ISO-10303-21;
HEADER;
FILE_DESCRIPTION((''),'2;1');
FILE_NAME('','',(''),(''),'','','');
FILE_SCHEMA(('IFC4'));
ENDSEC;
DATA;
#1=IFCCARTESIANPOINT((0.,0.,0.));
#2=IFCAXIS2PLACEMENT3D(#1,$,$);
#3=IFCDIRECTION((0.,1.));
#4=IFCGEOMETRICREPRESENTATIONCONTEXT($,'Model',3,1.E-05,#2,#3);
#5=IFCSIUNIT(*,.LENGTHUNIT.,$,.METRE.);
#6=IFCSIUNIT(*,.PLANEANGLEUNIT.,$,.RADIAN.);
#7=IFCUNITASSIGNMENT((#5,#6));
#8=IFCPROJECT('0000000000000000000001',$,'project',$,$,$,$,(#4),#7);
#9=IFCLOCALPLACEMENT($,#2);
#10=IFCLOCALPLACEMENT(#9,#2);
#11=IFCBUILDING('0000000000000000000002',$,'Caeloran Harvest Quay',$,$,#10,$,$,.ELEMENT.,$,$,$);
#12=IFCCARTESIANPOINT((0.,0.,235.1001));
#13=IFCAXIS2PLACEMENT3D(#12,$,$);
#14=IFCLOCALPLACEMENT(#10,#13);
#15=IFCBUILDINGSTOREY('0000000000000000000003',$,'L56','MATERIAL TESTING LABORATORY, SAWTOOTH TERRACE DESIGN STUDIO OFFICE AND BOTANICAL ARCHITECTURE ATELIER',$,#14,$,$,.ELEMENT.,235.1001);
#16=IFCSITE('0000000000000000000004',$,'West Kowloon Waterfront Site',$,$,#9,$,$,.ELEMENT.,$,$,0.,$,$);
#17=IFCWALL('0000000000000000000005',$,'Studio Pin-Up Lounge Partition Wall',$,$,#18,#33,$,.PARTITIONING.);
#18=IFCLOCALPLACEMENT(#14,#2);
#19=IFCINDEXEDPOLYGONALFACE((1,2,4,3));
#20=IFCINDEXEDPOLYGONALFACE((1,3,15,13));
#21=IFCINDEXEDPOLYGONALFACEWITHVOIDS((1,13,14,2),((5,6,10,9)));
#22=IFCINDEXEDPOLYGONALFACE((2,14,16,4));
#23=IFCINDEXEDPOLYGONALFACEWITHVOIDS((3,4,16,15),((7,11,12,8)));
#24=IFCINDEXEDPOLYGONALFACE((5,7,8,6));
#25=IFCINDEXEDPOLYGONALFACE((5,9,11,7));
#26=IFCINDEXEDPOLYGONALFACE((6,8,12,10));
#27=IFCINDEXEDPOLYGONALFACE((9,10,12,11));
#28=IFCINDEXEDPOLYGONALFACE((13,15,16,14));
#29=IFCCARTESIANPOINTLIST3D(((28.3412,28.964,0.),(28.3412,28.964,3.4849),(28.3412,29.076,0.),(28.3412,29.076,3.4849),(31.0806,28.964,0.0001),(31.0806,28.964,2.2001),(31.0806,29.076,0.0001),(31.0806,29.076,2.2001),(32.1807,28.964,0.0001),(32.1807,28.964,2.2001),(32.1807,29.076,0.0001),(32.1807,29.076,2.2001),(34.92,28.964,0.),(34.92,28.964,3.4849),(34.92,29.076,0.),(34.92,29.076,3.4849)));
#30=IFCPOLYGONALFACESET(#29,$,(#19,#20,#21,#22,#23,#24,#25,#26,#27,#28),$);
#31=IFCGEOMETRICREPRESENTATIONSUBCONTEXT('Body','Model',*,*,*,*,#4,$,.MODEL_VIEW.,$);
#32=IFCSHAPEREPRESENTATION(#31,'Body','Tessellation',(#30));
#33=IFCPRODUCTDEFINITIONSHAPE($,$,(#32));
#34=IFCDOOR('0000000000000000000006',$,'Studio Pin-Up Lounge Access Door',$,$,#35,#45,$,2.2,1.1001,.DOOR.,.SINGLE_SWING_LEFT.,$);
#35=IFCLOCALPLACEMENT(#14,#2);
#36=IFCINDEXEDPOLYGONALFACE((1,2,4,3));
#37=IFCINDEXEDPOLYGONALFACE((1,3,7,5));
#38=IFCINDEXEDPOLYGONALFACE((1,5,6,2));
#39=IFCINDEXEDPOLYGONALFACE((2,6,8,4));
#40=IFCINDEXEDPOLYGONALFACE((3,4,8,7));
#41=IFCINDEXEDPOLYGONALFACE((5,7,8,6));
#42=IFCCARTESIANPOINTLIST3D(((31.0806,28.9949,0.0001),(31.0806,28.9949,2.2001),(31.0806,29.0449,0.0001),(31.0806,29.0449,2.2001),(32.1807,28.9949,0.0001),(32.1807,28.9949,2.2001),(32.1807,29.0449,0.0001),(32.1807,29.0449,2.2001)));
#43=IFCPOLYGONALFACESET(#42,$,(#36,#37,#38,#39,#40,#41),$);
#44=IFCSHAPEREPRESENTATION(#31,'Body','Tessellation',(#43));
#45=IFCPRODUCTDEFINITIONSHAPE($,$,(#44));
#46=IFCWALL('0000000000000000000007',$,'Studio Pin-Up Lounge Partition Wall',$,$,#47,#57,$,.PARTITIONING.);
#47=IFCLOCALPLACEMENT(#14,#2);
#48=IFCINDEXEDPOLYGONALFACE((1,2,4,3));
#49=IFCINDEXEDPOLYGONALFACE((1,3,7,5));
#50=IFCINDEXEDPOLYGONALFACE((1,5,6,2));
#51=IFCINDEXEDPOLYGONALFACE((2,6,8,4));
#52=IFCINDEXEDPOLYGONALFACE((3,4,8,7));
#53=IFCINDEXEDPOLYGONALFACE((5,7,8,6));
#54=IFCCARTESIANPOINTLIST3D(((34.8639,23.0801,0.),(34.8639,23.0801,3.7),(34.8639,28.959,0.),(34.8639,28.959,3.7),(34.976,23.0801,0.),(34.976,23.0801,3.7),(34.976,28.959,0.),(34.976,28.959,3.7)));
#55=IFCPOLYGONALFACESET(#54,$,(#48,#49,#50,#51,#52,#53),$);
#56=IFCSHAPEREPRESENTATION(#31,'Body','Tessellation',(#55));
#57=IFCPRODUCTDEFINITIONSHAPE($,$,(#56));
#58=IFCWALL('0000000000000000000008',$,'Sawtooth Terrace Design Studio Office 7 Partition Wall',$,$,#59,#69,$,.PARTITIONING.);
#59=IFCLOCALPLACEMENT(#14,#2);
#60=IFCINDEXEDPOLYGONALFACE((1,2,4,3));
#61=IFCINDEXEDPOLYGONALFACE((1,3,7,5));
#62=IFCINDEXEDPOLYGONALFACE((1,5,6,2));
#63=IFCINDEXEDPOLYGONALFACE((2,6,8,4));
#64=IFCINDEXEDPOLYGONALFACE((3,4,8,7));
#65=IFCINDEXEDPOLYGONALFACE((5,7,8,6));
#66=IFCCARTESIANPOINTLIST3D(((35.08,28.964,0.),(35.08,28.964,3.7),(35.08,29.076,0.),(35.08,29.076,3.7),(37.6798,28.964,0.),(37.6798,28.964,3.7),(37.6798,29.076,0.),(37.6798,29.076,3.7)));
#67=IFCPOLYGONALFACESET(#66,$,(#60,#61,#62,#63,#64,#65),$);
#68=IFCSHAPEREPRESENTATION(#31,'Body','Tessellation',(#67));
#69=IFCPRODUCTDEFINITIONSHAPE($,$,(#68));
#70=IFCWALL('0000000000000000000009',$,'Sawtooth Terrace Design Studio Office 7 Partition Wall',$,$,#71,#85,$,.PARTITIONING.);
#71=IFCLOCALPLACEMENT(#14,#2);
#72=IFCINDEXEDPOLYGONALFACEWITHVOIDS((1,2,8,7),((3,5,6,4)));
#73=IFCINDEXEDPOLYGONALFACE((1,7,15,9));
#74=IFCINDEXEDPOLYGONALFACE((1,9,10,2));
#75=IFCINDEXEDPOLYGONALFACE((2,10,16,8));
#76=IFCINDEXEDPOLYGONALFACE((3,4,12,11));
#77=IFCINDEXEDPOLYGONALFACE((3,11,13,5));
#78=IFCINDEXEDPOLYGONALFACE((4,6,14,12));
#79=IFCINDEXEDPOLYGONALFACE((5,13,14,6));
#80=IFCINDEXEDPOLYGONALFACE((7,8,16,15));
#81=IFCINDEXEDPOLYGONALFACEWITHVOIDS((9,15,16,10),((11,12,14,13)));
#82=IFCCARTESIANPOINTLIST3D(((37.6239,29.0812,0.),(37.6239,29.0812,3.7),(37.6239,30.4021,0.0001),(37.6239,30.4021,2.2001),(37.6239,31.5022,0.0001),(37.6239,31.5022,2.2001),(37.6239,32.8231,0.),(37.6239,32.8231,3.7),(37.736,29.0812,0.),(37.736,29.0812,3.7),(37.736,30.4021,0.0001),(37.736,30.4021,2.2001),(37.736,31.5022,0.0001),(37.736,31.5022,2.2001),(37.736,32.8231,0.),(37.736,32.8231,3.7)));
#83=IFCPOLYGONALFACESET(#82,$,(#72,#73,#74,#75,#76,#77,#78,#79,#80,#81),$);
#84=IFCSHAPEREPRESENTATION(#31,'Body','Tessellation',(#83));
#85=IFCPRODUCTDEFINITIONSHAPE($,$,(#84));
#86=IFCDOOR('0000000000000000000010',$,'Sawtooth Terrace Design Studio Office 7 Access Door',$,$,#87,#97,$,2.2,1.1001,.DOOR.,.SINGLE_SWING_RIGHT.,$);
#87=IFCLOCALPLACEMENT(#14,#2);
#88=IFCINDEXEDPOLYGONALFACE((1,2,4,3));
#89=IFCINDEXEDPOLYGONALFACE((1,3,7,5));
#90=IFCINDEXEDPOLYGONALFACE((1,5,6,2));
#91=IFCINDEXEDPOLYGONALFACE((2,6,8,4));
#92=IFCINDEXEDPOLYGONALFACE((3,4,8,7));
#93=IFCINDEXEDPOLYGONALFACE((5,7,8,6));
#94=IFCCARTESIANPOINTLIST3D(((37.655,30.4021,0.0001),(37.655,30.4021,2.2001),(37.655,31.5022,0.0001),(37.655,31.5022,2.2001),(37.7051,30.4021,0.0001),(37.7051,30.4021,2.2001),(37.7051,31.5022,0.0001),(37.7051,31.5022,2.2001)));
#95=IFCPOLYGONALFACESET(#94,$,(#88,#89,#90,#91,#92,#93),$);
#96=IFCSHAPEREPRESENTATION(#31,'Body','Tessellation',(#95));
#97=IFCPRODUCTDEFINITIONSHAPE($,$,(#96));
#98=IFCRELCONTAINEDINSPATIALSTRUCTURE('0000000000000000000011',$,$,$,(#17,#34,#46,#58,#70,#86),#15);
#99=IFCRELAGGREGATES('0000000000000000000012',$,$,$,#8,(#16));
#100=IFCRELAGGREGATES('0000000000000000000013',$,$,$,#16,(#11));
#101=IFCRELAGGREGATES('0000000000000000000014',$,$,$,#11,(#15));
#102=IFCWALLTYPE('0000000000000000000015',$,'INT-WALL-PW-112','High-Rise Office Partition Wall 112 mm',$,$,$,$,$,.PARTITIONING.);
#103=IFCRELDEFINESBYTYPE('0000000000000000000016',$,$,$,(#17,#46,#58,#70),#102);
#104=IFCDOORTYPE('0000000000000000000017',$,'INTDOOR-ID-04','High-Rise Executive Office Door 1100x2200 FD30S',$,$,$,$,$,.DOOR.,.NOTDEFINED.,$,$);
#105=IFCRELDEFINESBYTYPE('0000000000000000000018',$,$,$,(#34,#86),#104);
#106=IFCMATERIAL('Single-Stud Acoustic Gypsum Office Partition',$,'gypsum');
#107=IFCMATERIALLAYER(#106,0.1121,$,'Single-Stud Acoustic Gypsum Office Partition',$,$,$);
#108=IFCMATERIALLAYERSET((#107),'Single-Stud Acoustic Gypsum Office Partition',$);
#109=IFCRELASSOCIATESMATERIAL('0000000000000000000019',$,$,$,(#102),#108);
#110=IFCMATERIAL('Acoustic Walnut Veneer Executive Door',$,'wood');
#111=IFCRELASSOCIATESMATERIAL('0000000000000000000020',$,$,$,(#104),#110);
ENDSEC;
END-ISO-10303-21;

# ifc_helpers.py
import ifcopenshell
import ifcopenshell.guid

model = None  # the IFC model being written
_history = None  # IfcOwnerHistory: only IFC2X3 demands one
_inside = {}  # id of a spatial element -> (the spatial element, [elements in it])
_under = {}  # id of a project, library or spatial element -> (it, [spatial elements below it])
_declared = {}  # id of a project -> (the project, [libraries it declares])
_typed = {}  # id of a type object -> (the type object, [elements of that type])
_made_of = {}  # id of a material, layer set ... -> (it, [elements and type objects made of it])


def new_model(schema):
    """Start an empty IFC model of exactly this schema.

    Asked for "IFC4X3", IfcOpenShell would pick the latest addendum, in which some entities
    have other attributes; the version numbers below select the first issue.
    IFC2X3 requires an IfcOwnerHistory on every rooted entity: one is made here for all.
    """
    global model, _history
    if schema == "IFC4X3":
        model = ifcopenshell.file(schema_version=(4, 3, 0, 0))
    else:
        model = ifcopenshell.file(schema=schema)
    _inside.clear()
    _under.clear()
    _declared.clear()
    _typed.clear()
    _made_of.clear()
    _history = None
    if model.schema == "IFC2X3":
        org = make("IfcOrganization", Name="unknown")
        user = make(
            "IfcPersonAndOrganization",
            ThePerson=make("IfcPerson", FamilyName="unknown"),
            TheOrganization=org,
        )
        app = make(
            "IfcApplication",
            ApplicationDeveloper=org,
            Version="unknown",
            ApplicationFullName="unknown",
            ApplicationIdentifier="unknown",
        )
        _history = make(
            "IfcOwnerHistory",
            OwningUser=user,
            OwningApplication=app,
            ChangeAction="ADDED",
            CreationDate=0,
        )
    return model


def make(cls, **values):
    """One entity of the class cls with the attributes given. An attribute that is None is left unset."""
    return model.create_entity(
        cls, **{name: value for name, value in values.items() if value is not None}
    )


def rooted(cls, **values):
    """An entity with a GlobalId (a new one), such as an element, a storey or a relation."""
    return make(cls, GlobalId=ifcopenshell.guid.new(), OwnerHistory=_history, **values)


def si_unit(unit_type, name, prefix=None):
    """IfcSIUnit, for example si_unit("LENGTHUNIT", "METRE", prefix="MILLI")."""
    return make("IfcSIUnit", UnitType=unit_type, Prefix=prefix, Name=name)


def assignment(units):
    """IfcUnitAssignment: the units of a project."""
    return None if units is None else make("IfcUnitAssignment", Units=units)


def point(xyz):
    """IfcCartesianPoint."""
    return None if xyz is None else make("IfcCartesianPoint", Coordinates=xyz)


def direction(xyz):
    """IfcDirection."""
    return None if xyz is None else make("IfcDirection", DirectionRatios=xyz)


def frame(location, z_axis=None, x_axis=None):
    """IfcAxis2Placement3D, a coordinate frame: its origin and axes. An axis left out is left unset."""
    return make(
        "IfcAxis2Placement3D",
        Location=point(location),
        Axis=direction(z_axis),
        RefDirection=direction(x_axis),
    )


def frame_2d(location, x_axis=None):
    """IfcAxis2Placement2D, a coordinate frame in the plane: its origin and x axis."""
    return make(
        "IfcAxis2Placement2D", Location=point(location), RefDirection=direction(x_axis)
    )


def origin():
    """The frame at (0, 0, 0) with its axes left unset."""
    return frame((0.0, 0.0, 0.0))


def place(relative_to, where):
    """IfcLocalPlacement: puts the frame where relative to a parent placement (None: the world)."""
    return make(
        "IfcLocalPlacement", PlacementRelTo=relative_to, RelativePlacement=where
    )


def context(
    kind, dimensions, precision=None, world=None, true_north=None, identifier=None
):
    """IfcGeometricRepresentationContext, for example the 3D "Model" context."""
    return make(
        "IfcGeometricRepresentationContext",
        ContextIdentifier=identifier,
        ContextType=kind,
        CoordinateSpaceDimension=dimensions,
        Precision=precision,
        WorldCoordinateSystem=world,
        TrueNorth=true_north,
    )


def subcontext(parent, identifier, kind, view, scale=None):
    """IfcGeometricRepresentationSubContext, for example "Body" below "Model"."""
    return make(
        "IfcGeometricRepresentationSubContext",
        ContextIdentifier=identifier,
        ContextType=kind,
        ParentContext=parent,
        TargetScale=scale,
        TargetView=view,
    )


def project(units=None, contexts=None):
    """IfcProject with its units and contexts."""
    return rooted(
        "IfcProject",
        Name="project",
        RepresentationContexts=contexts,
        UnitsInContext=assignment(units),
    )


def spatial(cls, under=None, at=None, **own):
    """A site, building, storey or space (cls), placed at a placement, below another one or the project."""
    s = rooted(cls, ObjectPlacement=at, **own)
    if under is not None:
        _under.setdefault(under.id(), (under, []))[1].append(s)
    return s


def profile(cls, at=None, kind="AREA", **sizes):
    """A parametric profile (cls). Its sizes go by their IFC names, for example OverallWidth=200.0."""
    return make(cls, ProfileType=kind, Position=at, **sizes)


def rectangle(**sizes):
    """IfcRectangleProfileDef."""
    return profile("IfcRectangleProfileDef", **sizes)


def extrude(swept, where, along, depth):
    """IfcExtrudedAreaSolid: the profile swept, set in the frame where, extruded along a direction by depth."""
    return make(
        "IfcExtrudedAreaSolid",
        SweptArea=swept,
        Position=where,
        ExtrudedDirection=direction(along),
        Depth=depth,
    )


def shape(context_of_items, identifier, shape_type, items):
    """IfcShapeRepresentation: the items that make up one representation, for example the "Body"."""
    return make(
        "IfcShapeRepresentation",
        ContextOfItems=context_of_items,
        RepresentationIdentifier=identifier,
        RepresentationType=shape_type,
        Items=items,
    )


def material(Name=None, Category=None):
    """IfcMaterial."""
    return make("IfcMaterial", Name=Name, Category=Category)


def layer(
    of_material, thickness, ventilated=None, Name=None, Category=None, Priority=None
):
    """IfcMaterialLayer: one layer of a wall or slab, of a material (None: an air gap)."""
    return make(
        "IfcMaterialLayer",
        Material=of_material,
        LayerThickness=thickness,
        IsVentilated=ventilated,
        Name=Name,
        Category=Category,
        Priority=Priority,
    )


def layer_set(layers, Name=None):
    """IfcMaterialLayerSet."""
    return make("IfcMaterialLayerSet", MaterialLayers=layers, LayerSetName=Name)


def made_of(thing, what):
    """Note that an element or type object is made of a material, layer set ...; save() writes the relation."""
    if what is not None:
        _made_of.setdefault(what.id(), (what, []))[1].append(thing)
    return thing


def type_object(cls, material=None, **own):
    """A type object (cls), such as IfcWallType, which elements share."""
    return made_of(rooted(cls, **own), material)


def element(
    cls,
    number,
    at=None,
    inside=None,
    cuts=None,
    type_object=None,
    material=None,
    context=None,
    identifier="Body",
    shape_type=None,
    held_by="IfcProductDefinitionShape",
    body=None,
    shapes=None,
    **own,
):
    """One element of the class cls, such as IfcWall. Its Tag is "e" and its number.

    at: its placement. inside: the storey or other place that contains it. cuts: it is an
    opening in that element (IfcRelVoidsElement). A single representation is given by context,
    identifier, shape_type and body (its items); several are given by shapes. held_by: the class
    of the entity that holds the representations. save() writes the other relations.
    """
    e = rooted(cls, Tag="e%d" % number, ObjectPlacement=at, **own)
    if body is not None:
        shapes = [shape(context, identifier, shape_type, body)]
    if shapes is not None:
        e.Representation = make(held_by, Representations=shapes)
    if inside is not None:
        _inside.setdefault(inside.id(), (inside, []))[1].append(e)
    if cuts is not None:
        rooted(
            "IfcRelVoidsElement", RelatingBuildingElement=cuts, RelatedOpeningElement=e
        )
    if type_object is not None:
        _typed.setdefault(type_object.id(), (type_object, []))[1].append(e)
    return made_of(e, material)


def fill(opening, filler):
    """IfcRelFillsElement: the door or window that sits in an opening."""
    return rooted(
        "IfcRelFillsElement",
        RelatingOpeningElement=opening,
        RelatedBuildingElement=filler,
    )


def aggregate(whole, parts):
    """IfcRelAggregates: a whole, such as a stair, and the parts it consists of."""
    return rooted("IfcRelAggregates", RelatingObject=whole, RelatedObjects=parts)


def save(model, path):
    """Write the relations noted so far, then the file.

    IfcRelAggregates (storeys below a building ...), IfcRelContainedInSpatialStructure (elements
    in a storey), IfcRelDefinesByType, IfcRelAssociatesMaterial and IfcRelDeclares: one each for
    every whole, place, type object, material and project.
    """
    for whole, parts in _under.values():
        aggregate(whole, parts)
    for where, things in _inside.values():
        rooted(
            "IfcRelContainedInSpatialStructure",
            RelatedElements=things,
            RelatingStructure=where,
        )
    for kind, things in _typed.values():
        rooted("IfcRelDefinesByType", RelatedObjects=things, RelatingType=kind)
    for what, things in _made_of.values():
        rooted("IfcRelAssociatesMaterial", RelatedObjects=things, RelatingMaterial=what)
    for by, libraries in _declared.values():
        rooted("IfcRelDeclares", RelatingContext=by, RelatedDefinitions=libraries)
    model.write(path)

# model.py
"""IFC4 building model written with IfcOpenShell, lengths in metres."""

from ifc_helpers import new_model, si_unit, direction, frame, frame_2d, origin, place, context, subcontext, project, spatial, rectangle, extrude, material, layer, layer_set, type_object, element, fill, save


model = new_model("IFC4")

# Units and contexts
model_context = context("Model", 3, precision=1e-05, world=origin(), true_north=direction((0.0, 1.0)))
body_context = subcontext(model_context, "Body", "Model", "MODEL_VIEW")
ifc_project = project(units=[si_unit("LENGTHUNIT", "METRE"), si_unit("PLANEANGLEUNIT", "RADIAN")], contexts=[model_context])

# Site, building, storey
site_placement = place(None, origin())
site = spatial("IfcSite", under=ifc_project, at=site_placement, Name="West Kowloon Waterfront Site", CompositionType="ELEMENT", RefElevation=0.0)
building_placement = place(site_placement, origin())
building = spatial("IfcBuilding", under=site, at=building_placement, Name="Caeloran Harvest Quay", CompositionType="ELEMENT")
storey_placement = place(building_placement, frame((0.0, 0.0, 235.1001)))
storey = spatial("IfcBuildingStorey", under=building, at=storey_placement, Name="L56", Description="MATERIAL TESTING LABORATORY, SAWTOOTH TERRACE DESIGN STUDIO OFFICE AND BOTANICAL ARCHITECTURE ATELIER", CompositionType="ELEMENT", Elevation=235.1001)

# Shared definitions
ifc_material_1 = material(Name="Single-Stud Acoustic Gypsum Office Partition", Category="gypsum")
ifc_layer_1 = layer(ifc_material_1, 0.1121, Name="Single-Stud Acoustic Gypsum Office Partition")
ifc_layer_set_1 = layer_set([ifc_layer_1], Name="Single-Stud Acoustic Gypsum Office Partition")
wall_type = type_object("IfcWallType", Name="INT-WALL-PW-112", Description="High-Rise Office Partition Wall 112 mm", PredefinedType="PARTITIONING", material=ifc_layer_set_1)
ifc_material_2 = material(Name="Acoustic Walnut Veneer Executive Door", Category="wood")
door_type = type_object("IfcDoorType", Name="INTDOOR-ID-04", Description="High-Rise Executive Office Door 1100x2200 FD30S", OperationType="NOTDEFINED", PredefinedType="DOOR", material=ifc_material_2)

# Wall, opening, door
wall_1_placement = place(storey_placement, frame((28.3411, 29.02, 0.0), z_axis=(0.0, 0.0, 1.0), x_axis=(1.0, 0.0, 0.0)))
wall_1 = element("IfcWall", 1, at=wall_1_placement, inside=storey, type_object=wall_type, Name="Studio Pin-Up Lounge Partition Wall", PredefinedType="PARTITIONING", context=body_context, shape_type="SweptSolid", body=[
    extrude(rectangle(XDim=6.5789, YDim=0.1121, at=frame_2d((3.2896, 0.0))), origin(), (0.0, 0.0, 1.0), 3.4849),
])
opening_1_placement = place(wall_1_placement, frame((2.7395, 0.0, 0.0)))
opening_1 = element("IfcOpeningElement", 2, at=opening_1_placement, cuts=wall_1, PredefinedType="OPENING", context=body_context, shape_type="SweptSolid", body=[
    extrude(rectangle(XDim=1.1001, YDim=2.2, at=frame_2d((0.55, 1.1001))), frame((0.0, 0.0659, 0.0), z_axis=(0.0, -1.0, 0.0), x_axis=(1.0, 0.0, 0.0)), (0.0, 0.0, 1.0), 0.1321),
])
door_1_placement = place(opening_1_placement, origin())
door_1 = element("IfcDoor", 3, at=door_1_placement, inside=storey, type_object=door_type, Name="Studio Pin-Up Lounge Access Door", OperationType="SINGLE_SWING_LEFT", OverallHeight=2.2, OverallWidth=1.1001, PredefinedType="DOOR", context=body_context, shape_type="SweptSolid", body=[
    extrude(rectangle(XDim=1.1001, YDim=2.2, at=frame_2d((0.55, 1.1001))), frame((0.0, 0.0249, 0.0), z_axis=(0.0, -1.0, 0.0), x_axis=(1.0, 0.0, 0.0)), (0.0, 0.0, 1.0), 0.05),
])
fill(opening_1, door_1)

# Walls
wall_2_placement = place(storey_placement, frame((34.9199, 28.959, 0.0), z_axis=(0.0, 0.0, 1.0), x_axis=(0.0, -1.0, 0.0)))
element("IfcWall", 4, at=wall_2_placement, inside=storey, type_object=wall_type, Name="Studio Pin-Up Lounge Partition Wall", PredefinedType="PARTITIONING", context=body_context, shape_type="SweptSolid", body=[
    extrude(rectangle(XDim=5.8789, YDim=0.1121, at=frame_2d((2.9395, 0.0))), origin(), (0.0, 0.0, 1.0), 3.7),
])
wall_3_placement = place(storey_placement, frame((35.0801, 29.02, 0.0), z_axis=(0.0, 0.0, 1.0), x_axis=(1.0, 0.0, 0.0)))
element("IfcWall", 5, at=wall_3_placement, inside=storey, type_object=wall_type, Name="Sawtooth Terrace Design Studio Office 7 Partition Wall", PredefinedType="PARTITIONING", context=body_context, shape_type="SweptSolid", body=[
    extrude(rectangle(XDim=2.5999, YDim=0.1121, at=frame_2d((1.2998, 0.0))), origin(), (0.0, 0.0, 1.0), 3.7),
])

# Wall, opening, door
wall_4_placement = place(storey_placement, frame((37.6799, 29.0811, 0.0), z_axis=(0.0, 0.0, 1.0), x_axis=(0.0, 1.0, 0.0)))
wall_4 = element("IfcWall", 6, at=wall_4_placement, inside=storey, type_object=wall_type, Name="Sawtooth Terrace Design Studio Office 7 Partition Wall", PredefinedType="PARTITIONING", context=body_context, shape_type="SweptSolid", body=[
    extrude(rectangle(XDim=3.7419, YDim=0.1121, at=frame_2d((1.8711, 0.0))), origin(), (0.0, 0.0, 1.0), 3.7),
])
opening_2_placement = place(wall_4_placement, frame((1.321, 0.0, 0.0)))
opening_2 = element("IfcOpeningElement", 7, at=opening_2_placement, cuts=wall_4, PredefinedType="OPENING", context=body_context, shape_type="SweptSolid", body=[
    extrude(rectangle(XDim=1.1001, YDim=2.2, at=frame_2d((0.55, 1.1001))), frame((0.0, 0.0659, 0.0), z_axis=(0.0, -1.0, 0.0), x_axis=(1.0, 0.0, 0.0)), (0.0, 0.0, 1.0), 0.1321),
])
door_2_placement = place(opening_2_placement, origin())
door_2 = element("IfcDoor", 8, at=door_2_placement, inside=storey, type_object=door_type, Name="Sawtooth Terrace Design Studio Office 7 Access Door", OperationType="SINGLE_SWING_RIGHT", OverallHeight=2.2, OverallWidth=1.1001, PredefinedType="DOOR", context=body_context, shape_type="SweptSolid", body=[
    extrude(rectangle(XDim=1.1001, YDim=2.2, at=frame_2d((0.55, 1.1001))), frame((0.0, 0.0249, 0.0), z_axis=(0.0, -1.0, 0.0), x_axis=(1.0, 0.0, 0.0)), (0.0, 0.0, 1.0), 0.05),
])
fill(opening_2, door_2)

save(model, "model.ifc")
